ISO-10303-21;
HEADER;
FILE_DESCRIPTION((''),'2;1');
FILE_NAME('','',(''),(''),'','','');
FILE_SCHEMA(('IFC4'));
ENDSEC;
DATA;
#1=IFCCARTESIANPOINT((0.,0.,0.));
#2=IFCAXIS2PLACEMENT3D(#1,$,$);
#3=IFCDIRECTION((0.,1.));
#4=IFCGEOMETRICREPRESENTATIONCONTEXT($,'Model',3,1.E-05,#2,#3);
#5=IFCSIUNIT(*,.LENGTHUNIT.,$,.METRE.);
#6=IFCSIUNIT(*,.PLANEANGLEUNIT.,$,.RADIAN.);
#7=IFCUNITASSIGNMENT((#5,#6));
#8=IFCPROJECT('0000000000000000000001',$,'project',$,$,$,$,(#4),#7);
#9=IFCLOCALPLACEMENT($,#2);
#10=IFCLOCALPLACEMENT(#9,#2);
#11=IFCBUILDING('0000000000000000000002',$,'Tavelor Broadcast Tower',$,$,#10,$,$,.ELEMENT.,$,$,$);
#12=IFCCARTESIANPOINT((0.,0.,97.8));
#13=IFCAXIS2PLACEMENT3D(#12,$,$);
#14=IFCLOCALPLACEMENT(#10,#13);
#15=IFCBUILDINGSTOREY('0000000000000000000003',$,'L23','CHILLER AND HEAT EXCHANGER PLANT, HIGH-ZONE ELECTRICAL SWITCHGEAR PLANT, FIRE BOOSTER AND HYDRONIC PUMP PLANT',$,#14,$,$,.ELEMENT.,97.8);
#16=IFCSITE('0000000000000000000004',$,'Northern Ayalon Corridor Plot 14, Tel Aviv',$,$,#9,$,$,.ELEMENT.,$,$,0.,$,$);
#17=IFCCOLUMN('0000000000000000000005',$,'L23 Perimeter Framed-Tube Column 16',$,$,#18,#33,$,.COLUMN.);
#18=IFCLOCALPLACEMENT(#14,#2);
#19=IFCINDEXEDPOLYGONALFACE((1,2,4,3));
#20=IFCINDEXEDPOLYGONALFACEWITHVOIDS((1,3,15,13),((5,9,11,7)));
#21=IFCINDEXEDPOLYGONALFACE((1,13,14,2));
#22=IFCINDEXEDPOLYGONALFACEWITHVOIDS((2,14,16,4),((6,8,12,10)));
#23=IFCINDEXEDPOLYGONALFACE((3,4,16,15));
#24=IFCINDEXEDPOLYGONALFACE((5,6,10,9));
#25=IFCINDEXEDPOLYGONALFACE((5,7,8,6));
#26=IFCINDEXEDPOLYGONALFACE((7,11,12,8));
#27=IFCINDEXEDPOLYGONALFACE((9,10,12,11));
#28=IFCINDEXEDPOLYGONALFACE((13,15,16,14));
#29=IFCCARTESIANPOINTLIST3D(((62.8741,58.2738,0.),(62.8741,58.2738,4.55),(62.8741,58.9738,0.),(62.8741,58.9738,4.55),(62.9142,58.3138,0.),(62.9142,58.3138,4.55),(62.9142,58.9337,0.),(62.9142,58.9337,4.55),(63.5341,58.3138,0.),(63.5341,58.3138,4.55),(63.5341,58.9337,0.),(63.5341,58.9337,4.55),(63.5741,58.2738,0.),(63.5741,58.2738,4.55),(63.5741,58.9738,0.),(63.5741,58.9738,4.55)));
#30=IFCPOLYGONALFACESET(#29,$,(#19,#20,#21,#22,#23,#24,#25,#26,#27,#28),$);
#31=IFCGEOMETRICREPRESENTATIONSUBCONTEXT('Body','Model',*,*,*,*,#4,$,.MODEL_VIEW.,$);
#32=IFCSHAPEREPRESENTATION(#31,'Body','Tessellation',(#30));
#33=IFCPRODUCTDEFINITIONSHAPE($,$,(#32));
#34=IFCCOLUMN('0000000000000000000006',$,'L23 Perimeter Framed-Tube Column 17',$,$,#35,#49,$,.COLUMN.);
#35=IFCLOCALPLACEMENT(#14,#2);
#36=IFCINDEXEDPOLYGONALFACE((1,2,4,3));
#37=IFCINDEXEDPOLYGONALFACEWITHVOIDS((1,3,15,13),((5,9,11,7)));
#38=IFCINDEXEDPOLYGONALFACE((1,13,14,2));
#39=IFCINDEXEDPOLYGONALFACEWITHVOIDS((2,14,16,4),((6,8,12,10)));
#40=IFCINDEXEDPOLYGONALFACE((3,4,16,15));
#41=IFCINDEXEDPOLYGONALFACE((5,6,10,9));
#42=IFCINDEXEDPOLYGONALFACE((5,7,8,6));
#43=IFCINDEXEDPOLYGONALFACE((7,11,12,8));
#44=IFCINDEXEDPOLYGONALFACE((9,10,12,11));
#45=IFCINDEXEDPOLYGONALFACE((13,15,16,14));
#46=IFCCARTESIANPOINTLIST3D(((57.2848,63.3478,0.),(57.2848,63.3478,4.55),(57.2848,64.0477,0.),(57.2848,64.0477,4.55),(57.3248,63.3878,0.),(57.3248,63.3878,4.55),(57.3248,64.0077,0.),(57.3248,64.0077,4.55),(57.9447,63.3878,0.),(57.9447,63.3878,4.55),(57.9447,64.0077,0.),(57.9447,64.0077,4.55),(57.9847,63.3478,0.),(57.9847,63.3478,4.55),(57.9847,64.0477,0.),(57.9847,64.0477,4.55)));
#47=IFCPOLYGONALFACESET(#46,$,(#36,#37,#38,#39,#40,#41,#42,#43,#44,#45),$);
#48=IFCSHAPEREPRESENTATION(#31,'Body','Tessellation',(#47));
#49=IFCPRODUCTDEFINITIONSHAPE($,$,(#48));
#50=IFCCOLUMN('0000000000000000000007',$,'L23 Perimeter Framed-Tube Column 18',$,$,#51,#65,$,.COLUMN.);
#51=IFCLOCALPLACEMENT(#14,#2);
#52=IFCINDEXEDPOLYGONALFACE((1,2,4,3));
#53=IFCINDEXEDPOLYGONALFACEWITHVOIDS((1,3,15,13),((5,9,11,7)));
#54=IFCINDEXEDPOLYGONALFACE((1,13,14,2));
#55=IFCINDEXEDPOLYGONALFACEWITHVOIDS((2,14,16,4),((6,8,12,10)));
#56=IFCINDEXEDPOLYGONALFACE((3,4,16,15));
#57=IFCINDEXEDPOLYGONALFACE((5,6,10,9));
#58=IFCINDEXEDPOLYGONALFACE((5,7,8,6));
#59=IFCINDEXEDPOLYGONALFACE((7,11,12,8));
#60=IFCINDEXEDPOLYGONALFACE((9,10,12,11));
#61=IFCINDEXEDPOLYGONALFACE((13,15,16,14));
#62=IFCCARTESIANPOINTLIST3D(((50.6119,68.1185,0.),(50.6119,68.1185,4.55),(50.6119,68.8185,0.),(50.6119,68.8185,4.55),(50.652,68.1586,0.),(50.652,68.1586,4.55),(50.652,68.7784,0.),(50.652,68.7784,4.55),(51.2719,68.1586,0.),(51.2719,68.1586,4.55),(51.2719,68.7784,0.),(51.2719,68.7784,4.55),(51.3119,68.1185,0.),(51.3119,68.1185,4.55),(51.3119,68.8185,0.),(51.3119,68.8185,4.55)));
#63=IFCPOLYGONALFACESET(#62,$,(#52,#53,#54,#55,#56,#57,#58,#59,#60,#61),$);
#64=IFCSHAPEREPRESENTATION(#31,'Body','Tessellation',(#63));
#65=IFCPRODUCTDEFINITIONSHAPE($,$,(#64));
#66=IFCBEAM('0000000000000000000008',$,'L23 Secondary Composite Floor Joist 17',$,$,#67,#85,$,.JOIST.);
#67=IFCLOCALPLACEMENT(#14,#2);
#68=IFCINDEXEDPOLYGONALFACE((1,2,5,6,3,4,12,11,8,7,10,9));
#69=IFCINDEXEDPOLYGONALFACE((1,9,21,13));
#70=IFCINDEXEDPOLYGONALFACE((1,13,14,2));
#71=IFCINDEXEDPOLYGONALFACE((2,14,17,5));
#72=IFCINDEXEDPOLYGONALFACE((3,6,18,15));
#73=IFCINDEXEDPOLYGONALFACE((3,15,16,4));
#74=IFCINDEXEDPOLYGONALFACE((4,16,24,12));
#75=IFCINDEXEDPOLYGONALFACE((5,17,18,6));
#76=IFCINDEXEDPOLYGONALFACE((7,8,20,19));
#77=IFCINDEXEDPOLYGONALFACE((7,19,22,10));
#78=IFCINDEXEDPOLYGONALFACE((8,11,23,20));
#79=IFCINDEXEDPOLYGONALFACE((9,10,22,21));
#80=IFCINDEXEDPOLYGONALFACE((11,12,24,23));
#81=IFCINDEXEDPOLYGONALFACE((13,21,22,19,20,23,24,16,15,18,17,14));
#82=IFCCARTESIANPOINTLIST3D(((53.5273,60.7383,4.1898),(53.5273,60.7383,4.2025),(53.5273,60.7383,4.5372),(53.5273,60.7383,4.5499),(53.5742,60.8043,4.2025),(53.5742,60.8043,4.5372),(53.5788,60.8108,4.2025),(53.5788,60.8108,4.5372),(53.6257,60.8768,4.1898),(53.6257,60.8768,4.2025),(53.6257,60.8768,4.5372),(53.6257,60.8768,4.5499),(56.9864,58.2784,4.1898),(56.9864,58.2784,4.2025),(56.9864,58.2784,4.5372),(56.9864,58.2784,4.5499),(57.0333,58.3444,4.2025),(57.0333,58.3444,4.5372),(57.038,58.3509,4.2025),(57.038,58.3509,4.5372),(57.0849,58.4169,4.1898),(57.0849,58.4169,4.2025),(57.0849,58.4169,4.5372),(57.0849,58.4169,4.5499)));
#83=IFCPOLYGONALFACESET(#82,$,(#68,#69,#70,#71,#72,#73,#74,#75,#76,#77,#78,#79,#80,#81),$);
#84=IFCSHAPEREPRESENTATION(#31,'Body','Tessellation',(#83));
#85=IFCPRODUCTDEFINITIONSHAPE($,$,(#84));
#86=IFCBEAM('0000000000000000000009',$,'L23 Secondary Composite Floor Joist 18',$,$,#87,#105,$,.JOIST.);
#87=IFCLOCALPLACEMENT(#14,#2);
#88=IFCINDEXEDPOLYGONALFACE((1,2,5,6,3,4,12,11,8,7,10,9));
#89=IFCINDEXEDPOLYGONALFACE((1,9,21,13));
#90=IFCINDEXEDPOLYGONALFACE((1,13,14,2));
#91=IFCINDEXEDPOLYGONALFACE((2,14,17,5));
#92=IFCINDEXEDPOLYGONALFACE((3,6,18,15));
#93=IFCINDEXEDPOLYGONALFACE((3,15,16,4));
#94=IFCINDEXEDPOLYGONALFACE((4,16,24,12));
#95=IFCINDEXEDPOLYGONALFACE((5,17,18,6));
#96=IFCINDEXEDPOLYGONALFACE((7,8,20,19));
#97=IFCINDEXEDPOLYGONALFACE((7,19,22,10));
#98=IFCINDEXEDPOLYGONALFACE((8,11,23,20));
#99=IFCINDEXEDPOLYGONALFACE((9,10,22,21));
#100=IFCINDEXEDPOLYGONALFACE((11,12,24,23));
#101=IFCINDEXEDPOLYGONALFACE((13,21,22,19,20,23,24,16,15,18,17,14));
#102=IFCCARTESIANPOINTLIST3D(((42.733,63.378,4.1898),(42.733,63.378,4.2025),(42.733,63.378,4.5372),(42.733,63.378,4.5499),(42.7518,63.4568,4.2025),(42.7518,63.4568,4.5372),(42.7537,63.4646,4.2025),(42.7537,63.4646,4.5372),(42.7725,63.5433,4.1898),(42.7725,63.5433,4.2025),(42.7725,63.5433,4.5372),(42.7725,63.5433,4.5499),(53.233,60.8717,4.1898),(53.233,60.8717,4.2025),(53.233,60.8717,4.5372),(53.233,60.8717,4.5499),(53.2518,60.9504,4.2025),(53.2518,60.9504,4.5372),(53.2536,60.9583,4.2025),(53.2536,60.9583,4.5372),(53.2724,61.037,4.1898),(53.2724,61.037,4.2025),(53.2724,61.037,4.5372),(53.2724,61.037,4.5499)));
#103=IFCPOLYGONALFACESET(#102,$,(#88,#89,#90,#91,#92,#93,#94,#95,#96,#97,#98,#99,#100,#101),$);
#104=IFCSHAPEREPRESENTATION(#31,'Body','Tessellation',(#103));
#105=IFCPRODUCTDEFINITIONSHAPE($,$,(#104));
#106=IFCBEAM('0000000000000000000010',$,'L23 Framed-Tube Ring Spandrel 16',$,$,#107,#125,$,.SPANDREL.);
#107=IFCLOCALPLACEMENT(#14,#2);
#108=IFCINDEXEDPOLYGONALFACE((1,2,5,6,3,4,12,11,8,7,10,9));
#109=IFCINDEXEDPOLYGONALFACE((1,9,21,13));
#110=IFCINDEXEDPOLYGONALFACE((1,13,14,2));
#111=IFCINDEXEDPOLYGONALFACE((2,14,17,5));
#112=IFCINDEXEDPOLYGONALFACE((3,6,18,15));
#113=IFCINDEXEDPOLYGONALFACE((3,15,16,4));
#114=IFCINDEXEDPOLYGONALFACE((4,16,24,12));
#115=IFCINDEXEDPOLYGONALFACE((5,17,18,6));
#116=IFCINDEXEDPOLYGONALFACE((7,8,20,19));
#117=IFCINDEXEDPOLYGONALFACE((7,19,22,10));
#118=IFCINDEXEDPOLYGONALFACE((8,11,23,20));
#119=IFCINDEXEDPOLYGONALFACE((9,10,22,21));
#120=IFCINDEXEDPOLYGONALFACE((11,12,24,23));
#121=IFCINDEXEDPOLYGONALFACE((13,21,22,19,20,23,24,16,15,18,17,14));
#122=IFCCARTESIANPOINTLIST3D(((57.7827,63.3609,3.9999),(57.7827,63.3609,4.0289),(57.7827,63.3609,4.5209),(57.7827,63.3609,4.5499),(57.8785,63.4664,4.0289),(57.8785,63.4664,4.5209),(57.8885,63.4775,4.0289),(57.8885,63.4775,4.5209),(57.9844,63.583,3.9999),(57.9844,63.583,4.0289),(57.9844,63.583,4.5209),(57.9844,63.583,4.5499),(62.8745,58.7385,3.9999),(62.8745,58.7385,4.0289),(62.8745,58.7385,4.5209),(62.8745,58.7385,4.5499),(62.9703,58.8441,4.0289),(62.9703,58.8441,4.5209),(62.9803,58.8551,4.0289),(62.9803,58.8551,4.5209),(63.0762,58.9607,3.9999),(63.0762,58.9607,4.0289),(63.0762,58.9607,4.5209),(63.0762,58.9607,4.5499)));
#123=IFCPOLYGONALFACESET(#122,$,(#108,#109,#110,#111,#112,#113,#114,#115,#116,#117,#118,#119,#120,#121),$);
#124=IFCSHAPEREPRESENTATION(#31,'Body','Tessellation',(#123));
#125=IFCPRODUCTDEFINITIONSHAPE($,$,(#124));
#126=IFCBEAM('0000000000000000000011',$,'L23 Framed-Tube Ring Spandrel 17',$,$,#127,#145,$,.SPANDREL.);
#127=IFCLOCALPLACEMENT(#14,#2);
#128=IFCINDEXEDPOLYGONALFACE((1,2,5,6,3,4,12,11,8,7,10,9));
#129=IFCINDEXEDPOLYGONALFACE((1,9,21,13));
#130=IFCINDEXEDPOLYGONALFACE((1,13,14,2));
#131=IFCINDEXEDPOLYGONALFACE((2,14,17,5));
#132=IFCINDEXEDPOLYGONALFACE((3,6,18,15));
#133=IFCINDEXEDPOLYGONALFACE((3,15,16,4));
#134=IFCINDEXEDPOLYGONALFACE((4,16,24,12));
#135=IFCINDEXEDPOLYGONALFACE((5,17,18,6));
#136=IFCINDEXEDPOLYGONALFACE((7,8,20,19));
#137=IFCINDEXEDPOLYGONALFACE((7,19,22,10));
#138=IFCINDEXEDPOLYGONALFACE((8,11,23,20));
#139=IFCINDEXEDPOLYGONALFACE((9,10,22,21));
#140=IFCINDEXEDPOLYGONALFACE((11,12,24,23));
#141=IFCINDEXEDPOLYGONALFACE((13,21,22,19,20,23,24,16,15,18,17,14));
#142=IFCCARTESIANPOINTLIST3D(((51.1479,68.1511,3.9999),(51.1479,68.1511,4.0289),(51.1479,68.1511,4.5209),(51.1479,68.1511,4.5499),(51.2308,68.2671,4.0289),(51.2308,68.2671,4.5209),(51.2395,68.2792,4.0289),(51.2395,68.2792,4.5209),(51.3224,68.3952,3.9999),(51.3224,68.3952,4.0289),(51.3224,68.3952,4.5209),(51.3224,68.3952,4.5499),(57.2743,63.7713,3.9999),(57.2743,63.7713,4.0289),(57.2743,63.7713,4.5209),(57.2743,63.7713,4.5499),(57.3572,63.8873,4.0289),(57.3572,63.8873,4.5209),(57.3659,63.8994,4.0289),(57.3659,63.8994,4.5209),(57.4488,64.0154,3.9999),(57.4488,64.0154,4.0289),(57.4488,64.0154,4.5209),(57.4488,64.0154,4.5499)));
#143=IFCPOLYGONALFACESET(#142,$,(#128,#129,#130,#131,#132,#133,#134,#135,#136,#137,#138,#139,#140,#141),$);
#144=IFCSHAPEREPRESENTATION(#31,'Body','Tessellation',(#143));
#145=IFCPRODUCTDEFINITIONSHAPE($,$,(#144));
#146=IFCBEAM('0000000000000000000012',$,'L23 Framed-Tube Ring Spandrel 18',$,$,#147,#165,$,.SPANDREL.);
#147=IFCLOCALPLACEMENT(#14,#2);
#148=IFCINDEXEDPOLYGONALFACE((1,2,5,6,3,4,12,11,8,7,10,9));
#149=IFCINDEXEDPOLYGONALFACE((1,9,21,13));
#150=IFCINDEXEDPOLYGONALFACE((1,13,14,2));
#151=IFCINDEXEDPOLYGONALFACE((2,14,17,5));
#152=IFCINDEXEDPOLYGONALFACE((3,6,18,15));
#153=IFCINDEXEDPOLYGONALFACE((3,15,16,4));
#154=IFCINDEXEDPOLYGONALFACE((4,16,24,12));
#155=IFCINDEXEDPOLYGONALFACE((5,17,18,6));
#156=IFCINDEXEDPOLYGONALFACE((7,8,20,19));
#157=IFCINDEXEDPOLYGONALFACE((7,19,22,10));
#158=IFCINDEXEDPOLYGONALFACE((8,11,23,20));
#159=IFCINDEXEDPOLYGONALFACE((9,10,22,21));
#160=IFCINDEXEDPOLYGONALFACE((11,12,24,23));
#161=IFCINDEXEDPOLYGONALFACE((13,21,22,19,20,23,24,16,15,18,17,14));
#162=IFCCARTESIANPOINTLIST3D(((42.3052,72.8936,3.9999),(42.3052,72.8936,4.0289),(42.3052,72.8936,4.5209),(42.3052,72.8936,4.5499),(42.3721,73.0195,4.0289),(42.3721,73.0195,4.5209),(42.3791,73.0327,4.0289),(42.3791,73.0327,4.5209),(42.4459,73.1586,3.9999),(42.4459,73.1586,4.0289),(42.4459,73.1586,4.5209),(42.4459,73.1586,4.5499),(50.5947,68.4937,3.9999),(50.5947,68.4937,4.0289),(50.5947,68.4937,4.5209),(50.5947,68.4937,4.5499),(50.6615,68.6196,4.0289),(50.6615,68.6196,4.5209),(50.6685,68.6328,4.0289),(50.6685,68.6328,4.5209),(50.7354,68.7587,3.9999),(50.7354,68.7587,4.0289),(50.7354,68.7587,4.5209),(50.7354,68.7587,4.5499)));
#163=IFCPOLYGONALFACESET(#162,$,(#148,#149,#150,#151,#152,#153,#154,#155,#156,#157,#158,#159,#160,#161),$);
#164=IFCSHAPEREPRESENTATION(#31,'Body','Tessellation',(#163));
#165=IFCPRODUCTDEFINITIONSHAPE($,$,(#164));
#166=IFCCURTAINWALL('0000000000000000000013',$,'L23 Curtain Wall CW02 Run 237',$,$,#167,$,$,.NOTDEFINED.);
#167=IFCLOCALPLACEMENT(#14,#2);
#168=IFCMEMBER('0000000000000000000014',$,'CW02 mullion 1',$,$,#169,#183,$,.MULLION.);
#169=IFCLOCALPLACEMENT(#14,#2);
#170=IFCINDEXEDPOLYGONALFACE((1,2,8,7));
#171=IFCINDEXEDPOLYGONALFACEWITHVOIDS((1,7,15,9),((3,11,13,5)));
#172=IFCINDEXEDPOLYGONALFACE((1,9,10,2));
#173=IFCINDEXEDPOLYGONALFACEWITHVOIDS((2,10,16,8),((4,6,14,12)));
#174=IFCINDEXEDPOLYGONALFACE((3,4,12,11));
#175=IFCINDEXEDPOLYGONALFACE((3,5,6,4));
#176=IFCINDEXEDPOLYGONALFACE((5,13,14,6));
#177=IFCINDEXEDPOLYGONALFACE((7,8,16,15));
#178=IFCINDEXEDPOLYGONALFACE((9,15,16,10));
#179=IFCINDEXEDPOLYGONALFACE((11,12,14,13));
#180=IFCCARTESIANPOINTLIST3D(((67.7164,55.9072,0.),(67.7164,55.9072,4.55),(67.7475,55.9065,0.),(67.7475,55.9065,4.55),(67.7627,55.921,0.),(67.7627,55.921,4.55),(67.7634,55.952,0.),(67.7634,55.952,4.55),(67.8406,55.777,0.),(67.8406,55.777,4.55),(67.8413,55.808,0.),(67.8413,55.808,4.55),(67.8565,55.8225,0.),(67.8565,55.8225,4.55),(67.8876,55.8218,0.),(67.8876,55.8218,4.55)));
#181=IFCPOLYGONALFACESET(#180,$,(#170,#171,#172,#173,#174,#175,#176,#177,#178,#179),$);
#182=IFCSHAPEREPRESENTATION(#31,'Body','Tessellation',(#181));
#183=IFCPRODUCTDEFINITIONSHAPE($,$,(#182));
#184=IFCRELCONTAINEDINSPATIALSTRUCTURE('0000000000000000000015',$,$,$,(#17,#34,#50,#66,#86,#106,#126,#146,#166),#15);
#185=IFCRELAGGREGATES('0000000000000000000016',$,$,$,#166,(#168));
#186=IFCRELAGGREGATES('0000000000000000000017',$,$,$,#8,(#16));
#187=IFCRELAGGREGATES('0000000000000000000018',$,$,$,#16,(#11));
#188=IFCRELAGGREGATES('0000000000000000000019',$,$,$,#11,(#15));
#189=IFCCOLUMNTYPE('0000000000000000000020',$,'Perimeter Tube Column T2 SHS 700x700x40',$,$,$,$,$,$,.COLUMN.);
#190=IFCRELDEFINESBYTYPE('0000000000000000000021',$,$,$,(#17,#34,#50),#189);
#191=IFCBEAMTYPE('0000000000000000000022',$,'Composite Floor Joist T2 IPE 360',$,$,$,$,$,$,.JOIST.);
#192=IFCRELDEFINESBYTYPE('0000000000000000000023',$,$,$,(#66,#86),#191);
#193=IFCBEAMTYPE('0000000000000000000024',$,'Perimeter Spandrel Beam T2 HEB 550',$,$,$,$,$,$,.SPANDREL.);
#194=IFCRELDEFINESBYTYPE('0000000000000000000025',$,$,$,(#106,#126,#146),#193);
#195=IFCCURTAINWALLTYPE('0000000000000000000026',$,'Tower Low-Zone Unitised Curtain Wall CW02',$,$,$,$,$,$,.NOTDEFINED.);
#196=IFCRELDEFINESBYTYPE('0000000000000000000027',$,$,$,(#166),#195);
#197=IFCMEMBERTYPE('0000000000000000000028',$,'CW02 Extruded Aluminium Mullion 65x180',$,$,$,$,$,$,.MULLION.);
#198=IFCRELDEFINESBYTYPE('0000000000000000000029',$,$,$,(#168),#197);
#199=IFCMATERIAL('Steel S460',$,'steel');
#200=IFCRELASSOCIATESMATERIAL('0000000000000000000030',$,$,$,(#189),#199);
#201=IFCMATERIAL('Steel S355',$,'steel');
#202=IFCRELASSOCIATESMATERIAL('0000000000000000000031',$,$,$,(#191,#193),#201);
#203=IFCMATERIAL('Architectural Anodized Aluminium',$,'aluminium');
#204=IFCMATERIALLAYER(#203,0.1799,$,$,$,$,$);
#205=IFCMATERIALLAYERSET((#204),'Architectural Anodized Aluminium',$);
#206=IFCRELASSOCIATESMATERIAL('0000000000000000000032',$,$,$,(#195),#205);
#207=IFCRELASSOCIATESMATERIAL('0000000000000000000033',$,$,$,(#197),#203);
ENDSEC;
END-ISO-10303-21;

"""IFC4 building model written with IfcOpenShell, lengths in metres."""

from ifc_helpers import new_model, si_unit, direction, frame, origin, origin_2d, place, context, subcontext, project, spatial, hollow_rectangle, i_section, extrude, source, transform, mapped, material, layer, layer_set, material_profile, profile_set, type_object, type_shapes, element, aggregate, save


model = new_model("IFC4")

# Units and contexts
model_context = context("Model", 3, precision=1e-05, world=origin(), true_north=direction((0.0, 1.0)))
body_context = subcontext(model_context, "Body", "Model", "MODEL_VIEW")
ifc_project = project(units=[si_unit("LENGTHUNIT", "METRE"), si_unit("PLANEANGLEUNIT", "RADIAN")], contexts=[model_context])

# Site, building, storey
site_placement = place(None, origin())
site = spatial("IfcSite", under=ifc_project, at=site_placement, Name="Northern Ayalon Corridor Plot 14, Tel Aviv", CompositionType="ELEMENT", RefElevation=0.0)
building_placement = place(site_placement, origin())
building = spatial("IfcBuilding", under=site, at=building_placement, Name="Tavelor Broadcast Tower", CompositionType="ELEMENT")
storey_placement = place(building_placement, frame((0.0, 0.0, 97.8)))
storey = spatial("IfcBuildingStorey", under=building, at=storey_placement, Name="L23", Description="CHILLER AND HEAT EXCHANGER PLANT, HIGH-ZONE ELECTRICAL SWITCHGEAR PLANT, FIRE BOOSTER AND HYDRONIC PUMP PLANT", CompositionType="ELEMENT", Elevation=97.8)

# Columns
ifc_material_1 = material(Name="Steel S460", Category="steel")
ifc_material_profile_1 = material_profile(ifc_material_1, hollow_rectangle(XDim=0.7, YDim=0.7, WallThickness=0.04, at=origin_2d()), Name="SHS 700x700x40")
ifc_profile_set_1 = profile_set([ifc_material_profile_1], Name="Steel S460")
column_type = type_object("IfcColumnType", Name="Perimeter Tube Column T2 SHS 700x700x40", PredefinedType="COLUMN", material=ifc_profile_set_1)
for number, where, z_axis, x_axis, name in (
    (1, (63.2241, 58.6238, 0.0), (0.0, 0.0, 1.0), (1.0, 0.0, 0.0), "L23 Perimeter Framed-Tube Column 16"),
    (2, (57.6348, 63.6978, 0.0), (0.0, 0.0, 1.0), (1.0, 0.0, 0.0), "L23 Perimeter Framed-Tube Column 17"),
    (3, (50.9619, 68.4685, 0.0), (0.0, 0.0, 1.0), (1.0, 0.0, 0.0), "L23 Perimeter Framed-Tube Column 18"),
):
    element("IfcColumn", number, at=place(storey_placement, frame(where, z_axis=z_axis, x_axis=x_axis)), inside=storey, type_object=column_type, Name=name, PredefinedType="COLUMN", context=body_context, shape_type="SweptSolid", body=[
        extrude(hollow_rectangle(XDim=0.7, YDim=0.7, WallThickness=0.04, at=origin_2d()), origin(), (0.0, 0.0, 1.0), 4.55),
    ])

# Beams
ifc_material_2 = material(Name="Steel S355", Category="steel")
ifc_material_profile_2 = material_profile(ifc_material_2, i_section(OverallWidth=0.1699, OverallDepth=0.3601, WebThickness=0.0081, FlangeThickness=0.0127, at=origin_2d()), Name="IPE 360")
ifc_profile_set_2 = profile_set([ifc_material_profile_2], Name="Steel S355")
beam_type_1 = type_object("IfcBeamType", Name="Composite Floor Joist T2 IPE 360", PredefinedType="JOIST", material=ifc_profile_set_2)
beam_1_placement = place(storey_placement, frame((57.0356, 58.3477, 4.3699), z_axis=(-0.814948, 0.579534, 0.0), x_axis=(-0.579534, -0.814948, 0.0)))
element("IfcBeam", 4, at=beam_1_placement, inside=storey, type_object=beam_type_1, Name="L23 Secondary Composite Floor Joist 17", PredefinedType="JOIST", context=body_context, shape_type="SweptSolid", body=[
    extrude(i_section(OverallWidth=0.1699, OverallDepth=0.3601, WebThickness=0.0081, FlangeThickness=0.0127, at=origin_2d()), origin(), (0.0, 0.0, 1.0), 4.2446),
])
beam_2_placement = place(storey_placement, frame((53.2527, 60.9543, 4.3699), z_axis=(-0.972674, 0.232177, 0.0), x_axis=(-0.232177, -0.972674, 0.0)))
element("IfcBeam", 5, at=beam_2_placement, inside=storey, type_object=beam_type_1, Name="L23 Secondary Composite Floor Joist 18", PredefinedType="JOIST", context=body_context, shape_type="SweptSolid", body=[
    extrude(i_section(OverallWidth=0.1699, OverallDepth=0.3601, WebThickness=0.0081, FlangeThickness=0.0127, at=origin_2d()), origin(), (0.0, 0.0, 1.0), 10.7949),
])
ifc_material_profile_3 = material_profile(ifc_material_2, i_section(OverallWidth=0.3, OverallDepth=0.55, WebThickness=0.0149, FlangeThickness=0.0291, at=origin_2d()), Name="HEB 550")
ifc_profile_set_3 = profile_set([ifc_material_profile_3], Name="Steel S355")
beam_type_2 = type_object("IfcBeamType", Name="Perimeter Spandrel Beam T2 HEB 550", PredefinedType="SPANDREL", material=ifc_profile_set_3)
beam_3_placement = place(storey_placement, frame((62.9753, 58.8496, 4.2749), z_axis=(-0.740417, 0.672148, 0.0), x_axis=(-0.672148, -0.740417, 0.0)))
element("IfcBeam", 6, at=beam_3_placement, inside=storey, type_object=beam_type_2, Name="L23 Framed-Tube Ring Spandrel 16", PredefinedType="SPANDREL", context=body_context, shape_type="SweptSolid", body=[
    extrude(i_section(OverallWidth=0.3, OverallDepth=0.55, WebThickness=0.0149, FlangeThickness=0.0291, at=origin_2d()), origin(), (0.0, 0.0, 1.0), 6.877),
])
beam_4_placement = place(storey_placement, frame((57.3616, 63.8933, 4.2749), z_axis=(-0.813492, 0.581575, 0.0), x_axis=(-0.581575, -0.813492, 0.0)))
element("IfcBeam", 7, at=beam_4_placement, inside=storey, type_object=beam_type_2, Name="L23 Framed-Tube Ring Spandrel 17", PredefinedType="SPANDREL", context=body_context, shape_type="SweptSolid", body=[
    extrude(i_section(OverallWidth=0.3, OverallDepth=0.55, WebThickness=0.0149, FlangeThickness=0.0291, at=origin_2d()), origin(), (0.0, 0.0, 1.0), 7.531),
])
beam_5_placement = place(storey_placement, frame((50.665, 68.6262, 4.2749), z_axis=(-0.883289, 0.468829, 0.0), x_axis=(-0.468829, -0.883289, 0.0)))
element("IfcBeam", 8, at=beam_5_placement, inside=storey, type_object=beam_type_2, Name="L23 Framed-Tube Ring Spandrel 18", PredefinedType="SPANDREL", context=body_context, shape_type="SweptSolid", body=[
    extrude(i_section(OverallWidth=0.3, OverallDepth=0.55, WebThickness=0.0149, FlangeThickness=0.0291, at=origin_2d()), origin(), (0.0, 0.0, 1.0), 9.3848),
])

# Curtain wall, member
ifc_material_3 = material(Name="Architectural Anodized Aluminium", Category="aluminium")
ifc_layer_1 = layer(ifc_material_3, 0.1799)
ifc_layer_set_1 = layer_set([ifc_layer_1], Name="Architectural Anodized Aluminium")
curtain_wall_type = type_object("IfcCurtainWallType", Name="Tower Low-Zone Unitised Curtain Wall CW02", PredefinedType="NOTDEFINED", material=ifc_layer_set_1)
curtain_wall_1_placement = place(storey_placement, origin())
curtain_wall_1 = element("IfcCurtainWall", 9, at=curtain_wall_1_placement, inside=storey, type_object=curtain_wall_type, Name="L23 Curtain Wall CW02 Run 237", PredefinedType="NOTDEFINED")
ifc_material_profile_4 = material_profile(ifc_material_3, hollow_rectangle(XDim=0.0649, YDim=0.1799, WallThickness=0.022, at=origin_2d()), Name="RHS 65x180x22")
ifc_profile_set_4 = profile_set([ifc_material_profile_4], Name="Architectural Anodized Aluminium")
member_type_1 = type_object("IfcMemberType", Name="CW02 Extruded Aluminium Mullion 65x180", PredefinedType="MULLION", material=ifc_profile_set_4)
shared_shape_1 = source(origin(), body_context, "Body", "SweptSolid", [
    extrude(hollow_rectangle(XDim=0.0649, YDim=0.1799, WallThickness=0.022, at=origin_2d()), origin(), (0.0, 0.0, 1.0), 4.55),
])
type_shapes(member_type_1, [shared_shape_1])
member_1_placement = place(storey_placement, frame((67.802, 55.8645, 0.0), z_axis=(0.0, 0.0, 1.0), x_axis=(-0.723872, -0.689934, 0.0)))
member_1 = element("IfcMember", 10, at=member_1_placement, type_object=member_type_1, Name="CW02 mullion 1", PredefinedType="MULLION", context=body_context, shape_type="MappedRepresentation", body=[
    mapped(shared_shape_1, transform((0.0, 0.0, 0.0), scale=1.0)),
])

aggregate(curtain_wall_1, [member_1])

save(model, "model.ifc")
